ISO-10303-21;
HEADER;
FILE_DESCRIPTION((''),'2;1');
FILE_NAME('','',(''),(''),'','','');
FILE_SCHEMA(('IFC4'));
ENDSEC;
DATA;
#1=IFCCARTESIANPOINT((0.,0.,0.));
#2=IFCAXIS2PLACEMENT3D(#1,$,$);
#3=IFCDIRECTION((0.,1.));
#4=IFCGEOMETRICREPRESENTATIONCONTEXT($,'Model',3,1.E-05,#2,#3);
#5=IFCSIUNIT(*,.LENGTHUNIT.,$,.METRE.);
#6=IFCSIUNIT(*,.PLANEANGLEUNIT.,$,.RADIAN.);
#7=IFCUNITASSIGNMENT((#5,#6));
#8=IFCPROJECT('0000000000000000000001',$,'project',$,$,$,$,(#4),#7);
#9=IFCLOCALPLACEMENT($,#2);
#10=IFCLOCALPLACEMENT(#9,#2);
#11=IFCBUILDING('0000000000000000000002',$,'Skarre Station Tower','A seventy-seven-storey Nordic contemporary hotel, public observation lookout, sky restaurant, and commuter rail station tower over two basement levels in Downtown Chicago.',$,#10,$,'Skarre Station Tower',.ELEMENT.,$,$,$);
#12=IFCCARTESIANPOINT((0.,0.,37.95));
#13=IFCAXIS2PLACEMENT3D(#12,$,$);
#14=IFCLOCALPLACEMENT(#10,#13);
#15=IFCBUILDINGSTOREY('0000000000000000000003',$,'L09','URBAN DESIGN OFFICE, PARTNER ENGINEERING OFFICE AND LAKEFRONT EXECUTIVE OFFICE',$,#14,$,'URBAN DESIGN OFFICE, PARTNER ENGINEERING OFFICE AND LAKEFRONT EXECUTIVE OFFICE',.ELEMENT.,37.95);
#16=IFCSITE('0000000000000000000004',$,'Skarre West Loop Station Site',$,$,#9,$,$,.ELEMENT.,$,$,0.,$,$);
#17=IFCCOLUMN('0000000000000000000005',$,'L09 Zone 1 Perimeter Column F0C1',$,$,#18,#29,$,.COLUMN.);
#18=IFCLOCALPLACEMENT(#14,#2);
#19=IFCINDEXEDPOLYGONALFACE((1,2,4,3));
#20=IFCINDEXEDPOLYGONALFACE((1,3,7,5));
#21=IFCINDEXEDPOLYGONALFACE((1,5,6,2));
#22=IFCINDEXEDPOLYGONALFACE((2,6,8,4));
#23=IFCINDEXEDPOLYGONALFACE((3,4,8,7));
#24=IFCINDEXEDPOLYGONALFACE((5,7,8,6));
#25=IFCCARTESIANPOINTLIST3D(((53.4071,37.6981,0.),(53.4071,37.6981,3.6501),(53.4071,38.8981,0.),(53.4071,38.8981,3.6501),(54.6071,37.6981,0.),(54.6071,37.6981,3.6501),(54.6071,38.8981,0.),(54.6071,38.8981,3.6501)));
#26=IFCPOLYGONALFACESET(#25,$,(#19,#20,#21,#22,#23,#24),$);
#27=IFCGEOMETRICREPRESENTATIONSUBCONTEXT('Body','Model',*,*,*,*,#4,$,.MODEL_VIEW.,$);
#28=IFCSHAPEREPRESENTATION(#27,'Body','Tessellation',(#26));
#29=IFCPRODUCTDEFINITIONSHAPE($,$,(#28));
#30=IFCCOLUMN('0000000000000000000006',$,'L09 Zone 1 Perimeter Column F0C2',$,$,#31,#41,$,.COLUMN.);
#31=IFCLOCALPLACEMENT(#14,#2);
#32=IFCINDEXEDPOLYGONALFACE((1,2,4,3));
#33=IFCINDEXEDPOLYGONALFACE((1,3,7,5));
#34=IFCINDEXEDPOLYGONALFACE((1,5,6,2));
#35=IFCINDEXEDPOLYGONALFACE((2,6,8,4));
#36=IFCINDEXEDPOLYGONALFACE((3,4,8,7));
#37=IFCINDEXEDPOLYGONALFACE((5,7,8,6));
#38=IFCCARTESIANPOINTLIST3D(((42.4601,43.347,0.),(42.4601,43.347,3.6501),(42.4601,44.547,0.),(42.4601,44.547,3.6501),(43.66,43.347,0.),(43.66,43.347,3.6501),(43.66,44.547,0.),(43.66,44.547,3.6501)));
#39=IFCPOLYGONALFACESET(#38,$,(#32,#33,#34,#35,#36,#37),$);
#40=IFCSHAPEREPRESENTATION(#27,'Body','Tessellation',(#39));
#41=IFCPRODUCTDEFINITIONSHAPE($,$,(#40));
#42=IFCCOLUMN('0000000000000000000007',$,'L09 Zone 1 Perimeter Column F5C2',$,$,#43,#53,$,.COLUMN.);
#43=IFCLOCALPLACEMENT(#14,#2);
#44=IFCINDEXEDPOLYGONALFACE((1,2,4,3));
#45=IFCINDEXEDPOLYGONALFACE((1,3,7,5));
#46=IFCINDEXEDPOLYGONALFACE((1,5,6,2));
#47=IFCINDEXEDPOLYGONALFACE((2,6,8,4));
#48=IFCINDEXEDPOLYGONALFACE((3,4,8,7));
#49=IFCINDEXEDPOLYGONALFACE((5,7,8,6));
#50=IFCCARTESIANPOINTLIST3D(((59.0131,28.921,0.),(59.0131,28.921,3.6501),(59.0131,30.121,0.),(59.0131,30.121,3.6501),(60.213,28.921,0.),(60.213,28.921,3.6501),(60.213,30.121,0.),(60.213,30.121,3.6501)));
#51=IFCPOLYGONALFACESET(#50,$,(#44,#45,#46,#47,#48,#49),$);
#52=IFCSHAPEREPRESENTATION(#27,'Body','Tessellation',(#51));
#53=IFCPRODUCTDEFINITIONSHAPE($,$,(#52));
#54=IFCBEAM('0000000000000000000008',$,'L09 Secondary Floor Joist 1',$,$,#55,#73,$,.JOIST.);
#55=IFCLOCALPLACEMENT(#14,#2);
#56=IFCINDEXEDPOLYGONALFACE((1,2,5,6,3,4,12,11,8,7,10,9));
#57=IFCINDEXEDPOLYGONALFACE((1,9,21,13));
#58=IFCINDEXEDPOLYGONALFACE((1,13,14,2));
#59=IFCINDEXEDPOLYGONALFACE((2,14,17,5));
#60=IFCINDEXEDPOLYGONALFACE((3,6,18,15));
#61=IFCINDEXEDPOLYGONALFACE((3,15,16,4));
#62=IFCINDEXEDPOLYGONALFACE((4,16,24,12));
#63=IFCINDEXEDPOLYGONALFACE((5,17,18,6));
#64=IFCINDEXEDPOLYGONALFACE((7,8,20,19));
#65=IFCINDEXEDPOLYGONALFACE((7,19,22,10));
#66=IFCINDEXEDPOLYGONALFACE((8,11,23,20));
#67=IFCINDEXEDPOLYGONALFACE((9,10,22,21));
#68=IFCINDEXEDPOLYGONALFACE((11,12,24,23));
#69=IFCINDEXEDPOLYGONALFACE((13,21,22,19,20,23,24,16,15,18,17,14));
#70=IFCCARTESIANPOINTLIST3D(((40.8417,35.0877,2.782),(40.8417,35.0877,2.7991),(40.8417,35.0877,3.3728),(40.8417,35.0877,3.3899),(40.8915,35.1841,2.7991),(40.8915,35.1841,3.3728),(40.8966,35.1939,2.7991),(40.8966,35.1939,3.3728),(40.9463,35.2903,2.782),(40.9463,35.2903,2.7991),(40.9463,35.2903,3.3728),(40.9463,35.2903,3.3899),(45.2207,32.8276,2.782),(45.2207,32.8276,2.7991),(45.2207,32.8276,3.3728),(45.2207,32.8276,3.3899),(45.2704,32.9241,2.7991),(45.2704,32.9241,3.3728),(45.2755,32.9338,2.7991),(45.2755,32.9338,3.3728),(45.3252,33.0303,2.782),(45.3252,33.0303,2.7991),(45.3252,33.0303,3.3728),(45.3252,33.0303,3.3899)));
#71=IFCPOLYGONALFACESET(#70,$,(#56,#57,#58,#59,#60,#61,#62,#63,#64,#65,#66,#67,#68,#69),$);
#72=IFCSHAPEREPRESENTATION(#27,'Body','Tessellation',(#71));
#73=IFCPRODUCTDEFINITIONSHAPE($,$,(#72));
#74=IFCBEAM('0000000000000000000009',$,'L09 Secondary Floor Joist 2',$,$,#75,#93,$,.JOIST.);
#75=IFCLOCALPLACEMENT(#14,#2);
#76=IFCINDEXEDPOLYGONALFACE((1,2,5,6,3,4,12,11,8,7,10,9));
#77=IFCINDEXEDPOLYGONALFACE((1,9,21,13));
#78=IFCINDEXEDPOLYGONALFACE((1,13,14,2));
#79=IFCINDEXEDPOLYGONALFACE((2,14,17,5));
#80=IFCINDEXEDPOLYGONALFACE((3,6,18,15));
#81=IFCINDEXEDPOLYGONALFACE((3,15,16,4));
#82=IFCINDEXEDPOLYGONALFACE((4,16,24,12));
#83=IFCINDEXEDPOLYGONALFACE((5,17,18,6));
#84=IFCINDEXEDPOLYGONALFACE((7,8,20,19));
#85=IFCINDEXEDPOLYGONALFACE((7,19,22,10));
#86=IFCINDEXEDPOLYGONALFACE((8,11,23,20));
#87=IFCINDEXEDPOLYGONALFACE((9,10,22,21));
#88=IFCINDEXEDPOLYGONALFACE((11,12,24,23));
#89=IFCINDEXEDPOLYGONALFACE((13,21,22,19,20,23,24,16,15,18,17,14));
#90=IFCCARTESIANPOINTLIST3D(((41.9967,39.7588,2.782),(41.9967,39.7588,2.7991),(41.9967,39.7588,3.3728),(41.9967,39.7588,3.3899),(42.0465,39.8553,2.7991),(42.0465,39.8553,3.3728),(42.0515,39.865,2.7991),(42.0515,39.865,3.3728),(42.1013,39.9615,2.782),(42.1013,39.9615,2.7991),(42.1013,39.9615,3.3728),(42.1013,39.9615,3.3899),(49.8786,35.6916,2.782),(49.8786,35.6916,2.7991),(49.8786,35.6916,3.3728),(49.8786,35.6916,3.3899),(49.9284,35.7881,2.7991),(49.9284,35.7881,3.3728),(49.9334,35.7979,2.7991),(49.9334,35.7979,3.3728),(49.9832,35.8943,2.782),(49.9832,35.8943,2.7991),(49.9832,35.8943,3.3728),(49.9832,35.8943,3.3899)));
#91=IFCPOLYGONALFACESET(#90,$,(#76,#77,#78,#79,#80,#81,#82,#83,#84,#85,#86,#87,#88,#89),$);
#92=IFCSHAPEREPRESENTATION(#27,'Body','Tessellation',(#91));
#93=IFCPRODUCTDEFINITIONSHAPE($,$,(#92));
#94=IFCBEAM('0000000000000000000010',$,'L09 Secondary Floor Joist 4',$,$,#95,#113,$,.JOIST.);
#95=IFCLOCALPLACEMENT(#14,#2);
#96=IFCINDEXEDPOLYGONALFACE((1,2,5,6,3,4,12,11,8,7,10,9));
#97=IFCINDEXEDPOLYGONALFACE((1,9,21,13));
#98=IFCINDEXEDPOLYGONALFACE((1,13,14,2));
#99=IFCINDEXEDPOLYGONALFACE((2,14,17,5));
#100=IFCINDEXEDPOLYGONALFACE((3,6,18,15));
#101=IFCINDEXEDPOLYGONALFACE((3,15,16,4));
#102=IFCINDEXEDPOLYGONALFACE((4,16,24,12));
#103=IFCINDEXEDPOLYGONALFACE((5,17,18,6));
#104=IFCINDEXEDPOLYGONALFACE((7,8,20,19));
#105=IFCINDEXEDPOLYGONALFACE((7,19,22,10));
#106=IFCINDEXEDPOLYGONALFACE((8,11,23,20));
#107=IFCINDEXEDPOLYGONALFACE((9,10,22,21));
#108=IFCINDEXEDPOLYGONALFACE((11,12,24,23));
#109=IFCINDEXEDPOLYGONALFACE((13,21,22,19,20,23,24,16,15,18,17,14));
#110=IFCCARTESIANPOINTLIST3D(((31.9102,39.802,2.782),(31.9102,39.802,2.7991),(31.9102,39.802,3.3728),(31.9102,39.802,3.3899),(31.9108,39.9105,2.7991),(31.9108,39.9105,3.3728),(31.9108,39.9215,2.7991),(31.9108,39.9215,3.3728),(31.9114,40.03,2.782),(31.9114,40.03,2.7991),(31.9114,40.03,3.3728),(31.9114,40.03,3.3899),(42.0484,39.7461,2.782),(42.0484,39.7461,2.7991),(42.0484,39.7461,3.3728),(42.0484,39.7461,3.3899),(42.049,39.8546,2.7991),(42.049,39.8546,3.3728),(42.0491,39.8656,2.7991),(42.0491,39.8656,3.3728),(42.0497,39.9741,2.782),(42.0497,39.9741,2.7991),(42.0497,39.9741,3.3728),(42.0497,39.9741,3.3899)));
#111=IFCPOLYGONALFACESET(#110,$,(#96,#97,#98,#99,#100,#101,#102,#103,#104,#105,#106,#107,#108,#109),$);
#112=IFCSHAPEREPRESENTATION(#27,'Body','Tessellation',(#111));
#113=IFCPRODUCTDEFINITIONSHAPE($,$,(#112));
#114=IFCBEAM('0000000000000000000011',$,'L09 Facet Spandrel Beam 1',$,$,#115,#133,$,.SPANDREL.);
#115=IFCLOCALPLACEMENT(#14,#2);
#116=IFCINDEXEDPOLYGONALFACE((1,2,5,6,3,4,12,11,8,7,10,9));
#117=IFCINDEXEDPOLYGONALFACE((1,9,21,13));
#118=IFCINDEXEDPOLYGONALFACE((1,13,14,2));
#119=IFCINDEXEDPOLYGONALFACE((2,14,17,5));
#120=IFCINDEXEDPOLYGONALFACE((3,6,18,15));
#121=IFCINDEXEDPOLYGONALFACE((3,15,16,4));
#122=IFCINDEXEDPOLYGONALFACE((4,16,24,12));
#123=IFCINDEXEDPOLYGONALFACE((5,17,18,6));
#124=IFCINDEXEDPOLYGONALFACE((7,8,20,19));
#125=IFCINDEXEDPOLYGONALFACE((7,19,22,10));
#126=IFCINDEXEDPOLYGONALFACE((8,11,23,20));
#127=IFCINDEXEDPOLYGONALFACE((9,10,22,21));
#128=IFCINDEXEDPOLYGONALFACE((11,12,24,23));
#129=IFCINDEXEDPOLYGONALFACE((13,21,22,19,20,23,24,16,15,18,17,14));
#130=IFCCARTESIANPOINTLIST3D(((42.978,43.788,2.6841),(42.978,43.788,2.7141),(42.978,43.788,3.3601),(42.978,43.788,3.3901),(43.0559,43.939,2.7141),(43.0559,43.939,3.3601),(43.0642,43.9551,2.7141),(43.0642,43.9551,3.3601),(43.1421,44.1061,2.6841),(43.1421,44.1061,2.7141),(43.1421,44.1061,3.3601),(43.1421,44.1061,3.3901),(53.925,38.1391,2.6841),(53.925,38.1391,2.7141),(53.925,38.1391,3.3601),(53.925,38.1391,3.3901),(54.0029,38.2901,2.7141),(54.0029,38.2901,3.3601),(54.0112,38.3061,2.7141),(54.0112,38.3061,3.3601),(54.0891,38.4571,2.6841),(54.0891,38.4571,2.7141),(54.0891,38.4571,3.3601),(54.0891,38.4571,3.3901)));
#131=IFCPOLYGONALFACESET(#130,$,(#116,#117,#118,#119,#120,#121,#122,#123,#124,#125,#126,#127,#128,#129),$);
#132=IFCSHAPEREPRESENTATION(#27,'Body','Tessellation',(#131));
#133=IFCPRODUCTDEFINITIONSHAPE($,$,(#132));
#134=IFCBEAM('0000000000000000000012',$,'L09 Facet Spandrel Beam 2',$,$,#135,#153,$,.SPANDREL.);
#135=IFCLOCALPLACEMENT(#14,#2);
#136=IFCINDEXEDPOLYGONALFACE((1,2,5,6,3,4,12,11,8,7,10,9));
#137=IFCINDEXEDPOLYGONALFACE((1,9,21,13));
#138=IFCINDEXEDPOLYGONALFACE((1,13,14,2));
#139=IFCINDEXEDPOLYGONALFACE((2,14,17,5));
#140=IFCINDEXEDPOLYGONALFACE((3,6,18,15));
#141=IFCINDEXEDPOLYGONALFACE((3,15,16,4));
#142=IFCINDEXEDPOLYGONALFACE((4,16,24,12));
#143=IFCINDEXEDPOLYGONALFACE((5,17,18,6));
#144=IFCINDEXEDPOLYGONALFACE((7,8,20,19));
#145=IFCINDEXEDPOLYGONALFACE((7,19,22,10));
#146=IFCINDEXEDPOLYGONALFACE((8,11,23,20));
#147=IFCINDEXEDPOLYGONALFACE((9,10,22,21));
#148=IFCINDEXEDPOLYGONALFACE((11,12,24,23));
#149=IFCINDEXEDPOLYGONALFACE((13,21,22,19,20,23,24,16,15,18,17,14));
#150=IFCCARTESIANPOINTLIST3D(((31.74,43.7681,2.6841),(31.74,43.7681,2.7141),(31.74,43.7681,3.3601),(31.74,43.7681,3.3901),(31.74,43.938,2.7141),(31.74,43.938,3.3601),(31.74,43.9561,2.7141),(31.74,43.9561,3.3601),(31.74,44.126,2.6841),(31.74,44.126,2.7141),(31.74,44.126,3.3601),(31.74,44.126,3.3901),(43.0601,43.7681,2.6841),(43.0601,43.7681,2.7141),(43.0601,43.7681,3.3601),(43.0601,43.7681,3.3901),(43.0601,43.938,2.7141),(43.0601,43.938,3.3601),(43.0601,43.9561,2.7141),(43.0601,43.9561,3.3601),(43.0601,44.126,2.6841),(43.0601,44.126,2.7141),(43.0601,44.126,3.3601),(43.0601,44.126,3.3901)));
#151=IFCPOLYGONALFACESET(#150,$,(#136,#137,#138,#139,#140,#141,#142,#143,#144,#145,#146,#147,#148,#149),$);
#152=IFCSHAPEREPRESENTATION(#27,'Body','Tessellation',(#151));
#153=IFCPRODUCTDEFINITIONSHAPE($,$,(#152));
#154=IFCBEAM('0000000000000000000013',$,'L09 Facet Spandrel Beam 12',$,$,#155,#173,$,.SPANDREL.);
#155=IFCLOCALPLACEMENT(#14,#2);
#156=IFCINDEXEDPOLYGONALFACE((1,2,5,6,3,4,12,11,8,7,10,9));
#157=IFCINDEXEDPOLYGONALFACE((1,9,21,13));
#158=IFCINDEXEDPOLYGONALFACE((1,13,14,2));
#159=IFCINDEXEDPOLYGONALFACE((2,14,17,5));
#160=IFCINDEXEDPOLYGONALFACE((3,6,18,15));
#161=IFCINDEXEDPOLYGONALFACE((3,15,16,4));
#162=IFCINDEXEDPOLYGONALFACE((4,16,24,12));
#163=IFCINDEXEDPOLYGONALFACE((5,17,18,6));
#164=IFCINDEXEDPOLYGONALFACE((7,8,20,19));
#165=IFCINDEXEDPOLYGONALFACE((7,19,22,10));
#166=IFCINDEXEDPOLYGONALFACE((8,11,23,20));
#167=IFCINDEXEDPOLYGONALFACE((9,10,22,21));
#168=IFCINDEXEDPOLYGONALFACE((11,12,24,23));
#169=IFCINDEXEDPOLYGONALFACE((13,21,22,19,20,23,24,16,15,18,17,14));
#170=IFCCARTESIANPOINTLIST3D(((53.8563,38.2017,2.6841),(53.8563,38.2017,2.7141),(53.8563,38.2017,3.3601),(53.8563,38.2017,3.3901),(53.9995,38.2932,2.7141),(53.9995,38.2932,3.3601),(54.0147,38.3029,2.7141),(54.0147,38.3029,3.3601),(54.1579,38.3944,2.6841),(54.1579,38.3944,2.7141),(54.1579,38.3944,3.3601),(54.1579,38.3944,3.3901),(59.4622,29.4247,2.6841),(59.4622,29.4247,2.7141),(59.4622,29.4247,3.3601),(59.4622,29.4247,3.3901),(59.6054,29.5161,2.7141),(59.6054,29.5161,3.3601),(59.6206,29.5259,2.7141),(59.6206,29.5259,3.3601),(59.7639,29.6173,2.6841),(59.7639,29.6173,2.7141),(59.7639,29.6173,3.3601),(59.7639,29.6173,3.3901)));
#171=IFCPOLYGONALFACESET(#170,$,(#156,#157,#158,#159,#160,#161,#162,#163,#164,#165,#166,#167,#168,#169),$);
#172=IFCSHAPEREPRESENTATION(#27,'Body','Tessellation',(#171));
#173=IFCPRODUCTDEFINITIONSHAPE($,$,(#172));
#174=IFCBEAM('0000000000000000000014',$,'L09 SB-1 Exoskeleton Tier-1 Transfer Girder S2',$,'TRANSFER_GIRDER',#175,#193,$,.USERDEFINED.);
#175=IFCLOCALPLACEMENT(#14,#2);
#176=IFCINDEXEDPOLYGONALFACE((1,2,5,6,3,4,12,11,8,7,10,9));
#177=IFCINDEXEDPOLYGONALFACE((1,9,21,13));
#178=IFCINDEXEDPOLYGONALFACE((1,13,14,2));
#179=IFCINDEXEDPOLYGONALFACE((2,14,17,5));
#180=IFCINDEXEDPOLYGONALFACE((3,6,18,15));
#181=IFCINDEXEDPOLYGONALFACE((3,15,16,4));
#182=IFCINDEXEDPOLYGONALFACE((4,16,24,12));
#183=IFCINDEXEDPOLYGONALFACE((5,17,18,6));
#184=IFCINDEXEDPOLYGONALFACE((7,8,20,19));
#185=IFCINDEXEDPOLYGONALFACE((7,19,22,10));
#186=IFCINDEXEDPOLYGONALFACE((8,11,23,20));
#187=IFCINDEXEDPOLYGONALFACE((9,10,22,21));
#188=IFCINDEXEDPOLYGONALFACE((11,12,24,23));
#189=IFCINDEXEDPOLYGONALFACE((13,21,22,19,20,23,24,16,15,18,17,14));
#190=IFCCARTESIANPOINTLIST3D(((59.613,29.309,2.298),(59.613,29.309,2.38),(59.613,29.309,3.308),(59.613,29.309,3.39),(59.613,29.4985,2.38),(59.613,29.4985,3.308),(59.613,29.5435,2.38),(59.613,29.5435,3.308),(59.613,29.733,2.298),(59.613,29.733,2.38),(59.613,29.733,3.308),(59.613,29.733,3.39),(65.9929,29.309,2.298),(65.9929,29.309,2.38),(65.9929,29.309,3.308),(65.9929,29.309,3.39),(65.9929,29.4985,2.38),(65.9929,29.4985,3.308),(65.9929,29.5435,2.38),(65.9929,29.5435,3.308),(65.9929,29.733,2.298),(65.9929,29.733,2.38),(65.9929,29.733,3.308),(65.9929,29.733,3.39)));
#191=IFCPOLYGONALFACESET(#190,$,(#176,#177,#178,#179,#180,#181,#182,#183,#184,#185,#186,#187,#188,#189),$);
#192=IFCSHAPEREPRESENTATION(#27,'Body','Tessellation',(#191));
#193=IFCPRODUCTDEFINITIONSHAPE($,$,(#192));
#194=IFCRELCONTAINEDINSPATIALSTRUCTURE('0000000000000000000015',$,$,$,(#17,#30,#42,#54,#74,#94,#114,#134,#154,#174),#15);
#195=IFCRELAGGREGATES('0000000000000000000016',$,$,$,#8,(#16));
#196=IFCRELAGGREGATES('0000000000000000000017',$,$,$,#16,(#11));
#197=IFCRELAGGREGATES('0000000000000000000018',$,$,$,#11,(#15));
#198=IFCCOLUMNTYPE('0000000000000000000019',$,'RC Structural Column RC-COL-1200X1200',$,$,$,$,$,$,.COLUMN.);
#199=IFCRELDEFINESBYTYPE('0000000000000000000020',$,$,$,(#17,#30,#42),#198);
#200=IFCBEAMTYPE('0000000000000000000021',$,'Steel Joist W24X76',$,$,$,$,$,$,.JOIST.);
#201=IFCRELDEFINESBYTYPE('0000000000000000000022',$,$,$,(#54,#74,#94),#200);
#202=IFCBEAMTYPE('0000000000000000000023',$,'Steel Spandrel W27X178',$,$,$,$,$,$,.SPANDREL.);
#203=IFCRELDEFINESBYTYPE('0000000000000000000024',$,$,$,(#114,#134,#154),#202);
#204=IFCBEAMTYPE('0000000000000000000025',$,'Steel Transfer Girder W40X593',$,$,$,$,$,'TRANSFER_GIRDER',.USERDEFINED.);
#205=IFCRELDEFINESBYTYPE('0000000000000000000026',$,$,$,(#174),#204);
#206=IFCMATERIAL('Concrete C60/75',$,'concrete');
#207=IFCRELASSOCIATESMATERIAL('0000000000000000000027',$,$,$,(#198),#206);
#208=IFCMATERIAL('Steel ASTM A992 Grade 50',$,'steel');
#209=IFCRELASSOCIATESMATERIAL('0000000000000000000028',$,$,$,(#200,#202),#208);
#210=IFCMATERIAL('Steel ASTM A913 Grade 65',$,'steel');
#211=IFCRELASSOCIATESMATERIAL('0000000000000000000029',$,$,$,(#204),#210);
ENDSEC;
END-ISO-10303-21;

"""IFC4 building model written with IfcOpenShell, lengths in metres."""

from ifc_helpers import new_model, si_unit, direction, frame, origin, origin_2d, place, context, subcontext, project, spatial, rectangle, i_section, extrude, material, material_profile, profile_set, type_object, element, save


model = new_model("IFC4")

# Units and contexts
model_context = context("Model", 3, precision=1e-05, world=origin(), true_north=direction((0.0, 1.0)))
body_context = subcontext(model_context, "Body", "Model", "MODEL_VIEW")
ifc_project = project(units=[si_unit("LENGTHUNIT", "METRE"), si_unit("PLANEANGLEUNIT", "RADIAN")], contexts=[model_context])

# Site, building, storey
site_placement = place(None, origin())
site = spatial("IfcSite", under=ifc_project, at=site_placement, Name="Skarre West Loop Station Site", CompositionType="ELEMENT", RefElevation=0.0)
building_placement = place(site_placement, origin())
building = spatial("IfcBuilding", under=site, at=building_placement, Name="Skarre Station Tower", Description="A seventy-seven-storey Nordic contemporary hotel, public observation lookout, sky restaurant, and commuter rail station tower over two basement levels in Downtown Chicago.", LongName="Skarre Station Tower", CompositionType="ELEMENT")
storey_placement = place(building_placement, frame((0.0, 0.0, 37.95)))
storey = spatial("IfcBuildingStorey", under=building, at=storey_placement, Name="L09", Description="URBAN DESIGN OFFICE, PARTNER ENGINEERING OFFICE AND LAKEFRONT EXECUTIVE OFFICE", LongName="URBAN DESIGN OFFICE, PARTNER ENGINEERING OFFICE AND LAKEFRONT EXECUTIVE OFFICE", CompositionType="ELEMENT", Elevation=37.95)

# Columns
ifc_material_1 = material(Name="Concrete C60/75", Category="concrete")
ifc_material_profile_1 = material_profile(ifc_material_1, rectangle(XDim=1.2, YDim=1.2, at=origin_2d()), Name="Concrete C60/75")
ifc_profile_set_1 = profile_set([ifc_material_profile_1], Name="Concrete C60/75")
column_type = type_object("IfcColumnType", Name="RC Structural Column RC-COL-1200X1200", PredefinedType="COLUMN", material=ifc_profile_set_1)
for number, where, z_axis, x_axis, name in (
    (1, (54.0071, 38.2981, 0.0), (0.0, 0.0, 1.0), (1.0, 0.0, 0.0), "L09 Zone 1 Perimeter Column F0C1"),
    (2, (43.0601, 43.947, 0.0), (0.0, 0.0, 1.0), (1.0, 0.0, 0.0), "L09 Zone 1 Perimeter Column F0C2"),
    (3, (59.613, 29.521, 0.0), (0.0, 0.0, 1.0), (1.0, 0.0, 0.0), "L09 Zone 1 Perimeter Column F5C2"),
):
    element("IfcColumn", number, at=place(storey_placement, frame(where, z_axis=z_axis, x_axis=x_axis)), inside=storey, type_object=column_type, Name=name, PredefinedType="COLUMN", context=body_context, shape_type="SweptSolid", body=[
        extrude(rectangle(XDim=1.2, YDim=1.2, at=origin_2d()), origin(), (0.0, 0.0, 1.0), 3.6501),
    ])

# Beams
ifc_material_2 = material(Name="Steel ASTM A992 Grade 50", Category="steel")
ifc_material_profile_2 = material_profile(ifc_material_2, i_section(OverallWidth=0.228, OverallDepth=0.6079, WebThickness=0.011, FlangeThickness=0.0171, at=origin_2d()), Name="Steel ASTM A992 Grade 50")
ifc_profile_set_2 = profile_set([ifc_material_profile_2], Name="Steel ASTM A992 Grade 50")
beam_type_1 = type_object("IfcBeamType", Name="Steel Joist W24X76", PredefinedType="JOIST", material=ifc_profile_set_2)
beam_1_placement = place(storey_placement, frame((45.2729, 32.929, 3.0859), z_axis=(-0.888627, 0.458632, 0.0), x_axis=(-0.458632, -0.888627, 0.0)))
element("IfcBeam", 4, at=beam_1_placement, inside=storey, type_object=beam_type_1, Name="L09 Secondary Floor Joist 1", PredefinedType="JOIST", context=body_context, shape_type="SweptSolid", body=[
    extrude(i_section(OverallWidth=0.228, OverallDepth=0.6079, WebThickness=0.011, FlangeThickness=0.0171, at=origin_2d()), origin(), (0.0, 0.0, 1.0), 4.9277),
])
beam_2_placement = place(storey_placement, frame((49.9309, 35.793, 3.0859), z_axis=(-0.888662, 0.458562, 0.0), x_axis=(-0.458562, -0.888662, 0.0)))
element("IfcBeam", 5, at=beam_2_placement, inside=storey, type_object=beam_type_1, Name="L09 Secondary Floor Joist 2", PredefinedType="JOIST", context=body_context, shape_type="SweptSolid", body=[
    extrude(i_section(OverallWidth=0.228, OverallDepth=0.6079, WebThickness=0.011, FlangeThickness=0.0171, at=origin_2d()), origin(), (0.0, 0.0, 1.0), 8.8694),
])
beam_3_placement = place(storey_placement, frame((42.0491, 39.8601, 3.0859), z_axis=(-0.999985, 0.005515, 0.0), x_axis=(-0.005515, -0.999985, 0.0)))
element("IfcBeam", 6, at=beam_3_placement, inside=storey, type_object=beam_type_1, Name="L09 Secondary Floor Joist 4", PredefinedType="JOIST", context=body_context, shape_type="SweptSolid", body=[
    extrude(i_section(OverallWidth=0.228, OverallDepth=0.6079, WebThickness=0.011, FlangeThickness=0.0171, at=origin_2d()), origin(), (0.0, 0.0, 1.0), 10.1384),
])
ifc_material_profile_3 = material_profile(ifc_material_2, i_section(OverallWidth=0.3579, OverallDepth=0.7061, WebThickness=0.0181, FlangeThickness=0.03, at=origin_2d()), Name="Steel ASTM A992 Grade 50")
ifc_profile_set_3 = profile_set([ifc_material_profile_3], Name="Steel ASTM A992 Grade 50")
beam_type_2 = type_object("IfcBeamType", Name="Steel Spandrel W27X178", PredefinedType="SPANDREL", material=ifc_profile_set_3)
beam_4_placement = place(storey_placement, frame((54.0071, 38.2981, 3.0371), z_axis=(-0.888659, 0.458569, 0.0), x_axis=(-0.458569, -0.888659, 0.0)))
element("IfcBeam", 7, at=beam_4_placement, inside=storey, type_object=beam_type_2, Name="L09 Facet Spandrel Beam 1", PredefinedType="SPANDREL", context=body_context, shape_type="SweptSolid", body=[
    extrude(i_section(OverallWidth=0.3579, OverallDepth=0.7061, WebThickness=0.0181, FlangeThickness=0.03, at=origin_2d()), origin(), (0.0, 0.0, 1.0), 12.3186),
])
beam_5_placement = place(storey_placement, frame((43.0601, 43.947, 3.0371), z_axis=(-1.0, 0.0, 0.0), x_axis=(0.0, -1.0, 0.0)))
element("IfcBeam", 8, at=beam_5_placement, inside=storey, type_object=beam_type_2, Name="L09 Facet Spandrel Beam 2", PredefinedType="SPANDREL", context=body_context, shape_type="SweptSolid", body=[
    extrude(i_section(OverallWidth=0.3579, OverallDepth=0.7061, WebThickness=0.0181, FlangeThickness=0.03, at=origin_2d()), origin(), (0.0, 0.0, 1.0), 11.3201),
])
beam_6_placement = place(storey_placement, frame((59.613, 29.521, 3.0371), z_axis=(-0.538278, 0.842767, 0.0), x_axis=(-0.842767, -0.538278, 0.0)))
element("IfcBeam", 9, at=beam_6_placement, inside=storey, type_object=beam_type_2, Name="L09 Facet Spandrel Beam 12", PredefinedType="SPANDREL", context=body_context, shape_type="SweptSolid", body=[
    extrude(i_section(OverallWidth=0.3579, OverallDepth=0.7061, WebThickness=0.0181, FlangeThickness=0.03, at=origin_2d()), origin(), (0.0, 0.0, 1.0), 10.4146),
])
ifc_material_3 = material(Name="Steel ASTM A913 Grade 65", Category="steel")
ifc_material_profile_4 = material_profile(ifc_material_3, i_section(OverallWidth=0.4241, OverallDepth=1.092, WebThickness=0.0449, FlangeThickness=0.082, at=origin_2d()), Name="Steel ASTM A913 Grade 65")
ifc_profile_set_4 = profile_set([ifc_material_profile_4], Name="Steel ASTM A913 Grade 65")
beam_type_3 = type_object("IfcBeamType", Name="Steel Transfer Girder W40X593", ElementType="TRANSFER_GIRDER", PredefinedType="USERDEFINED", material=ifc_profile_set_4)
beam_7_placement = place(storey_placement, frame((59.613, 29.521, 2.844), z_axis=(1.0, 0.0, 0.0), x_axis=(0.0, 1.0, 0.0)))
element("IfcBeam", 10, at=beam_7_placement, inside=storey, type_object=beam_type_3, Name="L09 SB-1 Exoskeleton Tier-1 Transfer Girder S2", ObjectType="TRANSFER_GIRDER", PredefinedType="USERDEFINED", context=body_context, shape_type="SweptSolid", body=[
    extrude(i_section(OverallWidth=0.4241, OverallDepth=1.092, WebThickness=0.0449, FlangeThickness=0.082, at=origin_2d()), origin(), (0.0, 0.0, 1.0), 6.3799),
])

save(model, "model.ifc")
